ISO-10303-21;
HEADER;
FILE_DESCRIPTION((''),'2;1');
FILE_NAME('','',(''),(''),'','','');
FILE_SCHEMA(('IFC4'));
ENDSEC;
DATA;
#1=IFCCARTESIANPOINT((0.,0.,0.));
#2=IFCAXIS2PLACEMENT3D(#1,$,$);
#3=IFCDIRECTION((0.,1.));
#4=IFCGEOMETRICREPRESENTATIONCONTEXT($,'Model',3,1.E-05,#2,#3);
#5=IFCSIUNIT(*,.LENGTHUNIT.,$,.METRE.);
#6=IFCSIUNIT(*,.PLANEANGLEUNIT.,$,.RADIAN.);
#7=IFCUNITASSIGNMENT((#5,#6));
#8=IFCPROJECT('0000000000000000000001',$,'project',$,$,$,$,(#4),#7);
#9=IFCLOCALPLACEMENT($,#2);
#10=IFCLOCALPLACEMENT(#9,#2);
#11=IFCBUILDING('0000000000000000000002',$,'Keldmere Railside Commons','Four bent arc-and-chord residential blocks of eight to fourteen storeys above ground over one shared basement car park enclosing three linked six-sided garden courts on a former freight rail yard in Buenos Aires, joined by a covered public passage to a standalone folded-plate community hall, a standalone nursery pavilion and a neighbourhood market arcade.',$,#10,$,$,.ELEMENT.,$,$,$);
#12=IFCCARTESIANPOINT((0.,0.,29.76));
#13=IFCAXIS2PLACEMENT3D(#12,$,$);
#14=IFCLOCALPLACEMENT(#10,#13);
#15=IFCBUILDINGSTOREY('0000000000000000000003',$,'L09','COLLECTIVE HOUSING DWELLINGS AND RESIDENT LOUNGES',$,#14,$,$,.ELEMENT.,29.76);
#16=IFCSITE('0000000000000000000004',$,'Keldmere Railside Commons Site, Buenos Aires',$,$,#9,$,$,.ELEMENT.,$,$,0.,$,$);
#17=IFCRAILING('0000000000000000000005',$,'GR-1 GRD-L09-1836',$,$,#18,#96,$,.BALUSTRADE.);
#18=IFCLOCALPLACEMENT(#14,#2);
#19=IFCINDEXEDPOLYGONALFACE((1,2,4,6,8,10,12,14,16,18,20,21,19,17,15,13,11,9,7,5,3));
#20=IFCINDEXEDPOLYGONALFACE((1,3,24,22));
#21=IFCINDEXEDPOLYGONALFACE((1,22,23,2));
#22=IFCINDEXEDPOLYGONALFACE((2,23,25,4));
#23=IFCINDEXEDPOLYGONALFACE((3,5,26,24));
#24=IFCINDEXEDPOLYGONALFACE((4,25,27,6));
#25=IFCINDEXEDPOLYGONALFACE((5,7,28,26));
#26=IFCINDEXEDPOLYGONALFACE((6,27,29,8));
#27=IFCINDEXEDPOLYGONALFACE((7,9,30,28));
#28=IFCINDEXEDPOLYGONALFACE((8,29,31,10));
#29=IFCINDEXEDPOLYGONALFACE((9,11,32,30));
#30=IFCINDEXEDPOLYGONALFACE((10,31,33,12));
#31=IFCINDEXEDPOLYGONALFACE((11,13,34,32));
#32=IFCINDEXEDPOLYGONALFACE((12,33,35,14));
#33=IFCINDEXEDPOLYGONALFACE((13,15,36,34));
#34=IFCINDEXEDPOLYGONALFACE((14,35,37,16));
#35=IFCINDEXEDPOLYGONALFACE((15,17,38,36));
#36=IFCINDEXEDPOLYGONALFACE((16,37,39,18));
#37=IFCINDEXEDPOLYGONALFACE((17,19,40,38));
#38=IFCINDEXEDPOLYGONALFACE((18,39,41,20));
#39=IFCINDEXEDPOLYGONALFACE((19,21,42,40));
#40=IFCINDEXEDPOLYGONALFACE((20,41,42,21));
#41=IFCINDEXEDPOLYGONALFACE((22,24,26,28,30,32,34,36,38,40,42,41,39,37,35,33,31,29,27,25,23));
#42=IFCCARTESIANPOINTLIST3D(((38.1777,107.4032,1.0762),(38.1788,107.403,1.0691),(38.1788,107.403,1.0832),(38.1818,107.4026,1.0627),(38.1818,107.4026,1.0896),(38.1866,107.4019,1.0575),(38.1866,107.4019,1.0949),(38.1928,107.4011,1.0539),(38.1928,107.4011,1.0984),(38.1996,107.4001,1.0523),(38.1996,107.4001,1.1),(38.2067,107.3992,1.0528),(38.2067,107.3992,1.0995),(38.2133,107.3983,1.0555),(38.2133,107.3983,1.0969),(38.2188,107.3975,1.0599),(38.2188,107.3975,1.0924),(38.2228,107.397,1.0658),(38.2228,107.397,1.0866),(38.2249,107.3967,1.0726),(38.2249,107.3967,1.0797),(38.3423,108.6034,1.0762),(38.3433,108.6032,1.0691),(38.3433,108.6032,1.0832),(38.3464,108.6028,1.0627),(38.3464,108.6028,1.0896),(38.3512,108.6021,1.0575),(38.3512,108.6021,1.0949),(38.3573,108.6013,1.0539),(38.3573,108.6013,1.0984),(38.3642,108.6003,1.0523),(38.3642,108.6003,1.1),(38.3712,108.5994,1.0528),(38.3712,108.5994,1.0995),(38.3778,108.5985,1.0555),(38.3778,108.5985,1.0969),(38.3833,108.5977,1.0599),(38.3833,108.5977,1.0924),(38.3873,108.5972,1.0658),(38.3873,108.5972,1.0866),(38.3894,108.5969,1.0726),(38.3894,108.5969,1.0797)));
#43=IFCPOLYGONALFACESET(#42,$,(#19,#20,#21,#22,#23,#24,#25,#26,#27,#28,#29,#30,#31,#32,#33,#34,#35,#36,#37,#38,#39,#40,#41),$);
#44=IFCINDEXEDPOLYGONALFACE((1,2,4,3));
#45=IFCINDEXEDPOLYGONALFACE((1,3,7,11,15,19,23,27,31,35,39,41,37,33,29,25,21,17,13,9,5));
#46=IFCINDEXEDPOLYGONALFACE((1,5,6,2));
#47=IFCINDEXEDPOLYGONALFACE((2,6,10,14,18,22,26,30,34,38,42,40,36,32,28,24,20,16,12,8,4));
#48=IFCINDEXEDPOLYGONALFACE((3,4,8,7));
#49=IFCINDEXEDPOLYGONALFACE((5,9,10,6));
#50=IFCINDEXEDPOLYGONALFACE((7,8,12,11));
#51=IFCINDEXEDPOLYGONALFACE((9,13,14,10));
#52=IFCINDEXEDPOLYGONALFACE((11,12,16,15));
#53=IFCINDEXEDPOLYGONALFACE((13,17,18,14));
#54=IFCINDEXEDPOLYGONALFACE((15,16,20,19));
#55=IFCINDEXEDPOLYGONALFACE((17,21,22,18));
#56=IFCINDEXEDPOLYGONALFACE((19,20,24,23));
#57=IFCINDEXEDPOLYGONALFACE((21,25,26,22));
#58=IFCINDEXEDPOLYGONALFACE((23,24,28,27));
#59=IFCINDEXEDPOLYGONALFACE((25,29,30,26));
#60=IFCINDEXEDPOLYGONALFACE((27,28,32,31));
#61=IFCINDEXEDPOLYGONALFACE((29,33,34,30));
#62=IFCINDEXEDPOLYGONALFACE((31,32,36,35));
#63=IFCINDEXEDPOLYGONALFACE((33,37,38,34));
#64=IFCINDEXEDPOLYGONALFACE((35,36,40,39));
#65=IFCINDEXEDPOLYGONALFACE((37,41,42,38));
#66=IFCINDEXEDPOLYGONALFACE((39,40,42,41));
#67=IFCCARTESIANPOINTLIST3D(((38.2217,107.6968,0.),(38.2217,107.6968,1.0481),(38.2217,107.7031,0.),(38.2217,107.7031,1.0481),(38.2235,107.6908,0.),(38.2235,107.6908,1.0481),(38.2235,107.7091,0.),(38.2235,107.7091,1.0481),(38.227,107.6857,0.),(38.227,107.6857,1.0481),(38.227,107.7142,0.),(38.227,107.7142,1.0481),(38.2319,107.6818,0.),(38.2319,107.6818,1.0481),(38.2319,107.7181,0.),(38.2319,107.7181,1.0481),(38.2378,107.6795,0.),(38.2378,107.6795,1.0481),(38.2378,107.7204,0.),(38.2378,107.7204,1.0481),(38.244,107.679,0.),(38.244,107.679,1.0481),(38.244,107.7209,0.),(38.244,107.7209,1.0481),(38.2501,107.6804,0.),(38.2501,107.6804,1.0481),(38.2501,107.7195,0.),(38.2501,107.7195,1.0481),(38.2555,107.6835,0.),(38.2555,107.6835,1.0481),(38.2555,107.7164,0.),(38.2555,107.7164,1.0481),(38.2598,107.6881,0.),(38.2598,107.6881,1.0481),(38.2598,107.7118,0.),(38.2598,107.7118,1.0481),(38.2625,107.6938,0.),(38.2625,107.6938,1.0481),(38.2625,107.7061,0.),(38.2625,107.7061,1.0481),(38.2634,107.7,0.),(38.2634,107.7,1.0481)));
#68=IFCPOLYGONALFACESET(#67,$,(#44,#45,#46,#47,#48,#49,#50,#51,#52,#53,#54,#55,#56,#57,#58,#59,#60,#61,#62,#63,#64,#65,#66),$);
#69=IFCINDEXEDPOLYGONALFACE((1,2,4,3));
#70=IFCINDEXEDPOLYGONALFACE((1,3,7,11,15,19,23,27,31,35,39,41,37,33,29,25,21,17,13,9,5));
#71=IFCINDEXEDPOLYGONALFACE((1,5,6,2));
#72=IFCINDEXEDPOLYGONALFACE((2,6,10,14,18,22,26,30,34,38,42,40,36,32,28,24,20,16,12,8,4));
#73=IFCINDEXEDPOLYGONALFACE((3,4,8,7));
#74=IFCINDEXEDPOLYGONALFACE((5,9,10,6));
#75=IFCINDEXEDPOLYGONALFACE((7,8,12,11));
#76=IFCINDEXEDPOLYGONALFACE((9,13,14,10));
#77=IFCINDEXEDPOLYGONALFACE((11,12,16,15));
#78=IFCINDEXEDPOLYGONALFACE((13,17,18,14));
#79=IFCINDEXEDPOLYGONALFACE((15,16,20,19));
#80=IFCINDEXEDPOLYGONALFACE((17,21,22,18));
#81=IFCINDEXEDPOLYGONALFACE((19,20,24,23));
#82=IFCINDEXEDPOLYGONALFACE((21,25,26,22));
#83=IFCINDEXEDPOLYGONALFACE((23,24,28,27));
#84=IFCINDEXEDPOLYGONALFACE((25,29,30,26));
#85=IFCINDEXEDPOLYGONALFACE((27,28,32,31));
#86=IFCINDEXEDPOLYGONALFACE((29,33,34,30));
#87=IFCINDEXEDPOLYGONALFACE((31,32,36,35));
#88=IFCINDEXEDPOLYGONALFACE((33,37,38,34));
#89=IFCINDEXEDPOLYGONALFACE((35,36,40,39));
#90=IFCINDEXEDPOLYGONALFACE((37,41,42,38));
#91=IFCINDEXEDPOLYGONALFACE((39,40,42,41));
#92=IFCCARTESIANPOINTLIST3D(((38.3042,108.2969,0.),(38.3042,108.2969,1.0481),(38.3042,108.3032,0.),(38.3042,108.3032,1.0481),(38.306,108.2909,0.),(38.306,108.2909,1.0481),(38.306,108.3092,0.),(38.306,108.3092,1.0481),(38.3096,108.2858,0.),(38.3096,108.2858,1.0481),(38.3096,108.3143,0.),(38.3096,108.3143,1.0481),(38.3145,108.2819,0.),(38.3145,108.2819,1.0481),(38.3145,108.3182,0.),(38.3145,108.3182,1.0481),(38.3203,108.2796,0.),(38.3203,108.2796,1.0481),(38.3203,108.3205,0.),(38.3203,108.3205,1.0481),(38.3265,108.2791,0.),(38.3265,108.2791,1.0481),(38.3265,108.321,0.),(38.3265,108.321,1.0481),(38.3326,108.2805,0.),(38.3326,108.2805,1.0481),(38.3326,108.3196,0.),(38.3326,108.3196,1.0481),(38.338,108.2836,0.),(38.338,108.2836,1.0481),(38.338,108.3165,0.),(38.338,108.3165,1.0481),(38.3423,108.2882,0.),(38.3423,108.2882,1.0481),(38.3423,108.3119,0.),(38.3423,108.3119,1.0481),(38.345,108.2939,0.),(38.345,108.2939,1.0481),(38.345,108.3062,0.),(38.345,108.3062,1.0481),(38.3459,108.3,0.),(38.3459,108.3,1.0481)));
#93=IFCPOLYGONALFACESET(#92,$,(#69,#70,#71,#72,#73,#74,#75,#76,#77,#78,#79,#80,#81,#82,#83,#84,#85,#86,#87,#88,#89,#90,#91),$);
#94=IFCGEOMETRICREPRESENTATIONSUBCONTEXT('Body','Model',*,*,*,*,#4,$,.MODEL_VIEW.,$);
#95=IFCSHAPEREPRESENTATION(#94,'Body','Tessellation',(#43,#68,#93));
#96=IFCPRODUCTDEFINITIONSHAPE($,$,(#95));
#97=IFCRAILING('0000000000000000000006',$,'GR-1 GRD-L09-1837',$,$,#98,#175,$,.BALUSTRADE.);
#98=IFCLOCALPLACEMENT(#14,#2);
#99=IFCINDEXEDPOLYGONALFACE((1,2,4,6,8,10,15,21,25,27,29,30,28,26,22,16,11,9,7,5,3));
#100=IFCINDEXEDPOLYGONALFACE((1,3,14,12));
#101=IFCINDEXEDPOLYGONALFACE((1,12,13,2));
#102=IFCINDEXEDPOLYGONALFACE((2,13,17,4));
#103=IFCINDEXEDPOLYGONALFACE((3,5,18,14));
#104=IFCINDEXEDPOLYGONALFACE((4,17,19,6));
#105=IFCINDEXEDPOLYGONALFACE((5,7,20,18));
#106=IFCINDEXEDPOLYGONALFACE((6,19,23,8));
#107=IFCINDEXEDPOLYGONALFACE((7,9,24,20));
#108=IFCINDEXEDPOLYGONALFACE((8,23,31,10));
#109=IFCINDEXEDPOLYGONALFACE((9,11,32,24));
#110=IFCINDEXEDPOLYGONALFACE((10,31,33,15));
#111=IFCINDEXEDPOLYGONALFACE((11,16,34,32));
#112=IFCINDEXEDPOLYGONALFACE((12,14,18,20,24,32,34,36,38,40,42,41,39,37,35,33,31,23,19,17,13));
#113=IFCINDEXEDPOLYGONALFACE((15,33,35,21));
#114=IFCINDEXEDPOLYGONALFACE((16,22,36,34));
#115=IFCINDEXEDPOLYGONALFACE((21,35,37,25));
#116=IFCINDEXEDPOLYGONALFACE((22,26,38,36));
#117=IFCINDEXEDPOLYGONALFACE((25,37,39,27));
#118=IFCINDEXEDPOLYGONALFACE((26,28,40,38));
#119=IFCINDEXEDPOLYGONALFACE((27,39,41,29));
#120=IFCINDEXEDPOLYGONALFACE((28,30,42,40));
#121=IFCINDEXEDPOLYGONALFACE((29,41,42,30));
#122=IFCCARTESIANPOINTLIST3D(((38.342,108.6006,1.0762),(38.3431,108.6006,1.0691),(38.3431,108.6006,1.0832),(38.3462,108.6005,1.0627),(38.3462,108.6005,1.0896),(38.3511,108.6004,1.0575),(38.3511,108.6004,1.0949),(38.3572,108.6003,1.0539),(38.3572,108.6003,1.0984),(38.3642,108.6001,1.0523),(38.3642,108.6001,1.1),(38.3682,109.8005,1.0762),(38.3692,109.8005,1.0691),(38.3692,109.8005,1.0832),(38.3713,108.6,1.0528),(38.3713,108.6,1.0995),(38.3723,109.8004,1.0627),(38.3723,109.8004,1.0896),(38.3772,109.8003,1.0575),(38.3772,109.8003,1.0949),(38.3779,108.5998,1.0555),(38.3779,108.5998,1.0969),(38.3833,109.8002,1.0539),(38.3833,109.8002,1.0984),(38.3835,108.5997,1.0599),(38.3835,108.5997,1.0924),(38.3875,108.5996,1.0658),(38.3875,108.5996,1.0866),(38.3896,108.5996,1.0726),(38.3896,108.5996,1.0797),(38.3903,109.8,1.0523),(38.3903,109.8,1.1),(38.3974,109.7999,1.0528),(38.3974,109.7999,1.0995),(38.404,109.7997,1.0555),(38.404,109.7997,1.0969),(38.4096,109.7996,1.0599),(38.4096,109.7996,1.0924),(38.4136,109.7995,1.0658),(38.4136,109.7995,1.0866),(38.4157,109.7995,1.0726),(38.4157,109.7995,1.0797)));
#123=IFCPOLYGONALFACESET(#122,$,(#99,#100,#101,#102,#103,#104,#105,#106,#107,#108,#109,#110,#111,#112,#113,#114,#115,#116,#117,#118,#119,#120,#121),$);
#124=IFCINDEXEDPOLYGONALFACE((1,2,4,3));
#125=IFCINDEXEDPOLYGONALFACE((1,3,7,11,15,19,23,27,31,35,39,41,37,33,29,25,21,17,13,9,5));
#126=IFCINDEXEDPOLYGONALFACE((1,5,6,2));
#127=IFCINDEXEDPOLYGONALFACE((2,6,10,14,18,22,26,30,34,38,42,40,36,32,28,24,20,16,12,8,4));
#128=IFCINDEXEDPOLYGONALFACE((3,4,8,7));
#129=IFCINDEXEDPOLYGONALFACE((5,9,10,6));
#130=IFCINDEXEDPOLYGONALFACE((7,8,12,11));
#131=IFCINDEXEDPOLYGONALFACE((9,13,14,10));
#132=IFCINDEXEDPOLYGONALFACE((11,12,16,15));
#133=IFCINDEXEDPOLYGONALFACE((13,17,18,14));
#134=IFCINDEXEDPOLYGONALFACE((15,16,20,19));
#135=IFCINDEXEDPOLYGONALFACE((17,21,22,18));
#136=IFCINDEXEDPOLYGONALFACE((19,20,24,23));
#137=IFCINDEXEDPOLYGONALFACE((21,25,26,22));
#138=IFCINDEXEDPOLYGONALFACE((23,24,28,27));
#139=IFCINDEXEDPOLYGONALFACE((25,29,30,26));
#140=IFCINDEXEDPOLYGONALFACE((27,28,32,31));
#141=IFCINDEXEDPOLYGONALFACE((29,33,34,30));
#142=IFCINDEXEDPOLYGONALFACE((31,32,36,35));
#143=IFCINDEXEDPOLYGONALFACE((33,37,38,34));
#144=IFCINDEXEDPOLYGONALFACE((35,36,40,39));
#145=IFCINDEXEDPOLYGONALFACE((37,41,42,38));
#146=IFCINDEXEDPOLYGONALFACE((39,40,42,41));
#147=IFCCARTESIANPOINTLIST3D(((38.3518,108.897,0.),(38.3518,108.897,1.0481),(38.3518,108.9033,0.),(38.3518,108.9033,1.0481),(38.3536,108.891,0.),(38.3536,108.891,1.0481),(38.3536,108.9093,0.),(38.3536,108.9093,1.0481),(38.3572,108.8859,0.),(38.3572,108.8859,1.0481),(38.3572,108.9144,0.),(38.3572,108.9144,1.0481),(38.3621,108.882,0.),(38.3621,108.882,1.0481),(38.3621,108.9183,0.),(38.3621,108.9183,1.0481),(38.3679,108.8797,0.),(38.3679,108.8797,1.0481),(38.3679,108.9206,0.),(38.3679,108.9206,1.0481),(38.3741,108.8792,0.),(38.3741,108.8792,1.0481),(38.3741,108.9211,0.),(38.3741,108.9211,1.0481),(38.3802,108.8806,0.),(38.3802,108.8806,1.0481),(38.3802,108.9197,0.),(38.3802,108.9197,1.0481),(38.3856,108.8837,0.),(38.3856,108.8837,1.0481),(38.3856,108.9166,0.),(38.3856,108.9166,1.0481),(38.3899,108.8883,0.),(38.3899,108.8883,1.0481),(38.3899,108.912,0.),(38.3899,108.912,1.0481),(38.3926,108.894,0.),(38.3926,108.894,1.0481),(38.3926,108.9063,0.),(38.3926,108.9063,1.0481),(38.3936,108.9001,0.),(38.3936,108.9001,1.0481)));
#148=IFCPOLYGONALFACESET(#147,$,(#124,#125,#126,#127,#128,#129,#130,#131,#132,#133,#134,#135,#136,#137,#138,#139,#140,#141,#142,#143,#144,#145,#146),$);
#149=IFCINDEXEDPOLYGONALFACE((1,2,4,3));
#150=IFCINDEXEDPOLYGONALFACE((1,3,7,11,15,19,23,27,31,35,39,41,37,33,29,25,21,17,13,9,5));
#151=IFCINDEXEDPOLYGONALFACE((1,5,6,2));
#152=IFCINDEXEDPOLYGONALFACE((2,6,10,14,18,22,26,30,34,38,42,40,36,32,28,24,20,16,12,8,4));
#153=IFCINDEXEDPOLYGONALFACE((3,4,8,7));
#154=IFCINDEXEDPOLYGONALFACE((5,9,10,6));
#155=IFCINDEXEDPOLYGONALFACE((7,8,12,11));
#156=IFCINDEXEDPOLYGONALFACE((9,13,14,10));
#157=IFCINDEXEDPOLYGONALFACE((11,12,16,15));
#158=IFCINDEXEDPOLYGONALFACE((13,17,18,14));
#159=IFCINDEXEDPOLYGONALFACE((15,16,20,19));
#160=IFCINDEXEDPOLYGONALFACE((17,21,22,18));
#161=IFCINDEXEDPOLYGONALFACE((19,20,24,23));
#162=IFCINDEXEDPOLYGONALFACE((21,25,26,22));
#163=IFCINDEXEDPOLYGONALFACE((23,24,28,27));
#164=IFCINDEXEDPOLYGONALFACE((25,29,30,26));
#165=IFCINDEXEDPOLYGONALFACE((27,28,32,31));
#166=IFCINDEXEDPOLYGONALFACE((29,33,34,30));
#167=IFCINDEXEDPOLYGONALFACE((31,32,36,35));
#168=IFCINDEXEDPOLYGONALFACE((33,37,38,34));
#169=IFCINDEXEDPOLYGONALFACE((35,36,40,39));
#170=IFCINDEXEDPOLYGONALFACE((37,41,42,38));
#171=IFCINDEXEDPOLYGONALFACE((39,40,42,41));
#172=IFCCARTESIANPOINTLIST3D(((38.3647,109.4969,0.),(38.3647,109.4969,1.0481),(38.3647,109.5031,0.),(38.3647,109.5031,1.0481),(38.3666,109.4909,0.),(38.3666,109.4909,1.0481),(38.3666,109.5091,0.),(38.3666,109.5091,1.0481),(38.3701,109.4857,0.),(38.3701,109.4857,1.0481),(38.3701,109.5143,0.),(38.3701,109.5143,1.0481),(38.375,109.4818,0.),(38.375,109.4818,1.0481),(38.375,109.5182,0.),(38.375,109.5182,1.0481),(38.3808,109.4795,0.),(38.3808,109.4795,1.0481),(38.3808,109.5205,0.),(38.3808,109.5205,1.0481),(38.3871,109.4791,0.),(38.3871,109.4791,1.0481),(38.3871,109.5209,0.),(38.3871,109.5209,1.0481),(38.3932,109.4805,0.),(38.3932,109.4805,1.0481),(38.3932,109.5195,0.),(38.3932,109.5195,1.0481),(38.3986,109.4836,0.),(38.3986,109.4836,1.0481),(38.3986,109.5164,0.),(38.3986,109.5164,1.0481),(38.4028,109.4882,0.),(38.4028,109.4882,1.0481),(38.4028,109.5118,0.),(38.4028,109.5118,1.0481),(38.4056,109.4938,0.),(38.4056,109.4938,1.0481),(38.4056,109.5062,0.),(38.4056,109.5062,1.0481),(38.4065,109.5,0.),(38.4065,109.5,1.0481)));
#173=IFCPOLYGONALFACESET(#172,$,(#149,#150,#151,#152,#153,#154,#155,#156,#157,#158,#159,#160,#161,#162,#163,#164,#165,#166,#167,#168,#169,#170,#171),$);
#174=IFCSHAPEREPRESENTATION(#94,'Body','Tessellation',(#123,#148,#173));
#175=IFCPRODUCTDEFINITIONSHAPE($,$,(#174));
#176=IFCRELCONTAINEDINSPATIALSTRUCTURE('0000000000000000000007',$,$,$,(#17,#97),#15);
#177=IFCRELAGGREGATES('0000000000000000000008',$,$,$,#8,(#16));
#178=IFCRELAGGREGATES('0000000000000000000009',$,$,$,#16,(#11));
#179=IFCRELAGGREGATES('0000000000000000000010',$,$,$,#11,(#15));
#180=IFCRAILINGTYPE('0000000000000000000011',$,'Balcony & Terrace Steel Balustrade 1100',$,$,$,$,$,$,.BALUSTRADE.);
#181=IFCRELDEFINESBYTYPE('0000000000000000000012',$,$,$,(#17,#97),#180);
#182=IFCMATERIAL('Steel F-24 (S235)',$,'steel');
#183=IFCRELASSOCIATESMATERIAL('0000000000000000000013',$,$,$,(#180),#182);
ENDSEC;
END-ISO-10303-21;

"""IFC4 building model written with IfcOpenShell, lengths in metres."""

from ifc_helpers import new_model, si_unit, direction, frame, origin, origin_2d, place, context, subcontext, project, spatial, circle, extrude, material, type_object, element, save


model = new_model("IFC4")

# Units and contexts
model_context = context("Model", 3, precision=1e-05, world=origin(), true_north=direction((0.0, 1.0)))
body_context = subcontext(model_context, "Body", "Model", "MODEL_VIEW")
ifc_project = project(units=[si_unit("LENGTHUNIT", "METRE"), si_unit("PLANEANGLEUNIT", "RADIAN")], contexts=[model_context])

# Site, building, storey
site_placement = place(None, origin())
site = spatial("IfcSite", under=ifc_project, at=site_placement, Name="Keldmere Railside Commons Site, Buenos Aires", CompositionType="ELEMENT", RefElevation=0.0)
building_placement = place(site_placement, origin())
building = spatial("IfcBuilding", under=site, at=building_placement, Name="Keldmere Railside Commons", Description="Four bent arc-and-chord residential blocks of eight to fourteen storeys above ground over one shared basement car park enclosing three linked six-sided garden courts on a former freight rail yard in Buenos Aires, joined by a covered public passage to a standalone folded-plate community hall, a standalone nursery pavilion and a neighbourhood market arcade.", CompositionType="ELEMENT")
storey_placement = place(building_placement, frame((0.0, 0.0, 29.76)))
storey = spatial("IfcBuildingStorey", under=building, at=storey_placement, Name="L09", Description="COLLECTIVE HOUSING DWELLINGS AND RESIDENT LOUNGES", CompositionType="ELEMENT", Elevation=29.76)

# Railings
ifc_material_1 = material(Name="Steel F-24 (S235)", Category="steel")
railing_type = type_object("IfcRailingType", Name="Balcony & Terrace Steel Balustrade 1100", PredefinedType="BALUSTRADE", material=ifc_material_1)
railing_1_placement = place(storey_placement, frame((38.2014, 107.3999, 0.0)))
element("IfcRailing", 1, at=railing_1_placement, inside=storey, type_object=railing_type, Name="GR-1 GRD-L09-1836", PredefinedType="BALUSTRADE", context=body_context, shape_type="SweptSolid", body=[
    extrude(circle(Radius=0.0239, at=origin_2d()), frame((0.0, 0.0, 1.0762), z_axis=(0.135833, 0.990732, 0.0), x_axis=(-0.990732, 0.135833, 0.0)), (0.0, 0.0, 1.0), 1.2114),
    extrude(circle(Radius=0.021, at=origin_2d()), frame((0.041, 0.3, 0.0)), (0.0, 0.0, 1.0), 1.0481),
    extrude(circle(Radius=0.021, at=origin_2d()), frame((0.1235, 0.9001, 0.0)), (0.0, 0.0, 1.0), 1.0481),
])
railing_2_placement = place(storey_placement, frame((38.366, 108.6001, 0.0)))
element("IfcRailing", 2, at=railing_2_placement, inside=storey, type_object=railing_type, Name="GR-1 GRD-L09-1837", PredefinedType="BALUSTRADE", context=body_context, shape_type="SweptSolid", body=[
    extrude(circle(Radius=0.0239, at=origin_2d()), frame((0.0, 0.0, 1.0762), z_axis=(0.021765, 0.999763, 0.0), x_axis=(-0.999763, 0.021765, 0.0)), (0.0, 0.0, 1.0), 1.2002),
    extrude(circle(Radius=0.021, at=origin_2d()), frame((0.0066, 0.3, 0.0)), (0.0, 0.0, 1.0), 1.0481),
    extrude(circle(Radius=0.021, at=origin_2d()), frame((0.0195, 0.8999, 0.0)), (0.0, 0.0, 1.0), 1.0481),
])

save(model, "model.ifc")
